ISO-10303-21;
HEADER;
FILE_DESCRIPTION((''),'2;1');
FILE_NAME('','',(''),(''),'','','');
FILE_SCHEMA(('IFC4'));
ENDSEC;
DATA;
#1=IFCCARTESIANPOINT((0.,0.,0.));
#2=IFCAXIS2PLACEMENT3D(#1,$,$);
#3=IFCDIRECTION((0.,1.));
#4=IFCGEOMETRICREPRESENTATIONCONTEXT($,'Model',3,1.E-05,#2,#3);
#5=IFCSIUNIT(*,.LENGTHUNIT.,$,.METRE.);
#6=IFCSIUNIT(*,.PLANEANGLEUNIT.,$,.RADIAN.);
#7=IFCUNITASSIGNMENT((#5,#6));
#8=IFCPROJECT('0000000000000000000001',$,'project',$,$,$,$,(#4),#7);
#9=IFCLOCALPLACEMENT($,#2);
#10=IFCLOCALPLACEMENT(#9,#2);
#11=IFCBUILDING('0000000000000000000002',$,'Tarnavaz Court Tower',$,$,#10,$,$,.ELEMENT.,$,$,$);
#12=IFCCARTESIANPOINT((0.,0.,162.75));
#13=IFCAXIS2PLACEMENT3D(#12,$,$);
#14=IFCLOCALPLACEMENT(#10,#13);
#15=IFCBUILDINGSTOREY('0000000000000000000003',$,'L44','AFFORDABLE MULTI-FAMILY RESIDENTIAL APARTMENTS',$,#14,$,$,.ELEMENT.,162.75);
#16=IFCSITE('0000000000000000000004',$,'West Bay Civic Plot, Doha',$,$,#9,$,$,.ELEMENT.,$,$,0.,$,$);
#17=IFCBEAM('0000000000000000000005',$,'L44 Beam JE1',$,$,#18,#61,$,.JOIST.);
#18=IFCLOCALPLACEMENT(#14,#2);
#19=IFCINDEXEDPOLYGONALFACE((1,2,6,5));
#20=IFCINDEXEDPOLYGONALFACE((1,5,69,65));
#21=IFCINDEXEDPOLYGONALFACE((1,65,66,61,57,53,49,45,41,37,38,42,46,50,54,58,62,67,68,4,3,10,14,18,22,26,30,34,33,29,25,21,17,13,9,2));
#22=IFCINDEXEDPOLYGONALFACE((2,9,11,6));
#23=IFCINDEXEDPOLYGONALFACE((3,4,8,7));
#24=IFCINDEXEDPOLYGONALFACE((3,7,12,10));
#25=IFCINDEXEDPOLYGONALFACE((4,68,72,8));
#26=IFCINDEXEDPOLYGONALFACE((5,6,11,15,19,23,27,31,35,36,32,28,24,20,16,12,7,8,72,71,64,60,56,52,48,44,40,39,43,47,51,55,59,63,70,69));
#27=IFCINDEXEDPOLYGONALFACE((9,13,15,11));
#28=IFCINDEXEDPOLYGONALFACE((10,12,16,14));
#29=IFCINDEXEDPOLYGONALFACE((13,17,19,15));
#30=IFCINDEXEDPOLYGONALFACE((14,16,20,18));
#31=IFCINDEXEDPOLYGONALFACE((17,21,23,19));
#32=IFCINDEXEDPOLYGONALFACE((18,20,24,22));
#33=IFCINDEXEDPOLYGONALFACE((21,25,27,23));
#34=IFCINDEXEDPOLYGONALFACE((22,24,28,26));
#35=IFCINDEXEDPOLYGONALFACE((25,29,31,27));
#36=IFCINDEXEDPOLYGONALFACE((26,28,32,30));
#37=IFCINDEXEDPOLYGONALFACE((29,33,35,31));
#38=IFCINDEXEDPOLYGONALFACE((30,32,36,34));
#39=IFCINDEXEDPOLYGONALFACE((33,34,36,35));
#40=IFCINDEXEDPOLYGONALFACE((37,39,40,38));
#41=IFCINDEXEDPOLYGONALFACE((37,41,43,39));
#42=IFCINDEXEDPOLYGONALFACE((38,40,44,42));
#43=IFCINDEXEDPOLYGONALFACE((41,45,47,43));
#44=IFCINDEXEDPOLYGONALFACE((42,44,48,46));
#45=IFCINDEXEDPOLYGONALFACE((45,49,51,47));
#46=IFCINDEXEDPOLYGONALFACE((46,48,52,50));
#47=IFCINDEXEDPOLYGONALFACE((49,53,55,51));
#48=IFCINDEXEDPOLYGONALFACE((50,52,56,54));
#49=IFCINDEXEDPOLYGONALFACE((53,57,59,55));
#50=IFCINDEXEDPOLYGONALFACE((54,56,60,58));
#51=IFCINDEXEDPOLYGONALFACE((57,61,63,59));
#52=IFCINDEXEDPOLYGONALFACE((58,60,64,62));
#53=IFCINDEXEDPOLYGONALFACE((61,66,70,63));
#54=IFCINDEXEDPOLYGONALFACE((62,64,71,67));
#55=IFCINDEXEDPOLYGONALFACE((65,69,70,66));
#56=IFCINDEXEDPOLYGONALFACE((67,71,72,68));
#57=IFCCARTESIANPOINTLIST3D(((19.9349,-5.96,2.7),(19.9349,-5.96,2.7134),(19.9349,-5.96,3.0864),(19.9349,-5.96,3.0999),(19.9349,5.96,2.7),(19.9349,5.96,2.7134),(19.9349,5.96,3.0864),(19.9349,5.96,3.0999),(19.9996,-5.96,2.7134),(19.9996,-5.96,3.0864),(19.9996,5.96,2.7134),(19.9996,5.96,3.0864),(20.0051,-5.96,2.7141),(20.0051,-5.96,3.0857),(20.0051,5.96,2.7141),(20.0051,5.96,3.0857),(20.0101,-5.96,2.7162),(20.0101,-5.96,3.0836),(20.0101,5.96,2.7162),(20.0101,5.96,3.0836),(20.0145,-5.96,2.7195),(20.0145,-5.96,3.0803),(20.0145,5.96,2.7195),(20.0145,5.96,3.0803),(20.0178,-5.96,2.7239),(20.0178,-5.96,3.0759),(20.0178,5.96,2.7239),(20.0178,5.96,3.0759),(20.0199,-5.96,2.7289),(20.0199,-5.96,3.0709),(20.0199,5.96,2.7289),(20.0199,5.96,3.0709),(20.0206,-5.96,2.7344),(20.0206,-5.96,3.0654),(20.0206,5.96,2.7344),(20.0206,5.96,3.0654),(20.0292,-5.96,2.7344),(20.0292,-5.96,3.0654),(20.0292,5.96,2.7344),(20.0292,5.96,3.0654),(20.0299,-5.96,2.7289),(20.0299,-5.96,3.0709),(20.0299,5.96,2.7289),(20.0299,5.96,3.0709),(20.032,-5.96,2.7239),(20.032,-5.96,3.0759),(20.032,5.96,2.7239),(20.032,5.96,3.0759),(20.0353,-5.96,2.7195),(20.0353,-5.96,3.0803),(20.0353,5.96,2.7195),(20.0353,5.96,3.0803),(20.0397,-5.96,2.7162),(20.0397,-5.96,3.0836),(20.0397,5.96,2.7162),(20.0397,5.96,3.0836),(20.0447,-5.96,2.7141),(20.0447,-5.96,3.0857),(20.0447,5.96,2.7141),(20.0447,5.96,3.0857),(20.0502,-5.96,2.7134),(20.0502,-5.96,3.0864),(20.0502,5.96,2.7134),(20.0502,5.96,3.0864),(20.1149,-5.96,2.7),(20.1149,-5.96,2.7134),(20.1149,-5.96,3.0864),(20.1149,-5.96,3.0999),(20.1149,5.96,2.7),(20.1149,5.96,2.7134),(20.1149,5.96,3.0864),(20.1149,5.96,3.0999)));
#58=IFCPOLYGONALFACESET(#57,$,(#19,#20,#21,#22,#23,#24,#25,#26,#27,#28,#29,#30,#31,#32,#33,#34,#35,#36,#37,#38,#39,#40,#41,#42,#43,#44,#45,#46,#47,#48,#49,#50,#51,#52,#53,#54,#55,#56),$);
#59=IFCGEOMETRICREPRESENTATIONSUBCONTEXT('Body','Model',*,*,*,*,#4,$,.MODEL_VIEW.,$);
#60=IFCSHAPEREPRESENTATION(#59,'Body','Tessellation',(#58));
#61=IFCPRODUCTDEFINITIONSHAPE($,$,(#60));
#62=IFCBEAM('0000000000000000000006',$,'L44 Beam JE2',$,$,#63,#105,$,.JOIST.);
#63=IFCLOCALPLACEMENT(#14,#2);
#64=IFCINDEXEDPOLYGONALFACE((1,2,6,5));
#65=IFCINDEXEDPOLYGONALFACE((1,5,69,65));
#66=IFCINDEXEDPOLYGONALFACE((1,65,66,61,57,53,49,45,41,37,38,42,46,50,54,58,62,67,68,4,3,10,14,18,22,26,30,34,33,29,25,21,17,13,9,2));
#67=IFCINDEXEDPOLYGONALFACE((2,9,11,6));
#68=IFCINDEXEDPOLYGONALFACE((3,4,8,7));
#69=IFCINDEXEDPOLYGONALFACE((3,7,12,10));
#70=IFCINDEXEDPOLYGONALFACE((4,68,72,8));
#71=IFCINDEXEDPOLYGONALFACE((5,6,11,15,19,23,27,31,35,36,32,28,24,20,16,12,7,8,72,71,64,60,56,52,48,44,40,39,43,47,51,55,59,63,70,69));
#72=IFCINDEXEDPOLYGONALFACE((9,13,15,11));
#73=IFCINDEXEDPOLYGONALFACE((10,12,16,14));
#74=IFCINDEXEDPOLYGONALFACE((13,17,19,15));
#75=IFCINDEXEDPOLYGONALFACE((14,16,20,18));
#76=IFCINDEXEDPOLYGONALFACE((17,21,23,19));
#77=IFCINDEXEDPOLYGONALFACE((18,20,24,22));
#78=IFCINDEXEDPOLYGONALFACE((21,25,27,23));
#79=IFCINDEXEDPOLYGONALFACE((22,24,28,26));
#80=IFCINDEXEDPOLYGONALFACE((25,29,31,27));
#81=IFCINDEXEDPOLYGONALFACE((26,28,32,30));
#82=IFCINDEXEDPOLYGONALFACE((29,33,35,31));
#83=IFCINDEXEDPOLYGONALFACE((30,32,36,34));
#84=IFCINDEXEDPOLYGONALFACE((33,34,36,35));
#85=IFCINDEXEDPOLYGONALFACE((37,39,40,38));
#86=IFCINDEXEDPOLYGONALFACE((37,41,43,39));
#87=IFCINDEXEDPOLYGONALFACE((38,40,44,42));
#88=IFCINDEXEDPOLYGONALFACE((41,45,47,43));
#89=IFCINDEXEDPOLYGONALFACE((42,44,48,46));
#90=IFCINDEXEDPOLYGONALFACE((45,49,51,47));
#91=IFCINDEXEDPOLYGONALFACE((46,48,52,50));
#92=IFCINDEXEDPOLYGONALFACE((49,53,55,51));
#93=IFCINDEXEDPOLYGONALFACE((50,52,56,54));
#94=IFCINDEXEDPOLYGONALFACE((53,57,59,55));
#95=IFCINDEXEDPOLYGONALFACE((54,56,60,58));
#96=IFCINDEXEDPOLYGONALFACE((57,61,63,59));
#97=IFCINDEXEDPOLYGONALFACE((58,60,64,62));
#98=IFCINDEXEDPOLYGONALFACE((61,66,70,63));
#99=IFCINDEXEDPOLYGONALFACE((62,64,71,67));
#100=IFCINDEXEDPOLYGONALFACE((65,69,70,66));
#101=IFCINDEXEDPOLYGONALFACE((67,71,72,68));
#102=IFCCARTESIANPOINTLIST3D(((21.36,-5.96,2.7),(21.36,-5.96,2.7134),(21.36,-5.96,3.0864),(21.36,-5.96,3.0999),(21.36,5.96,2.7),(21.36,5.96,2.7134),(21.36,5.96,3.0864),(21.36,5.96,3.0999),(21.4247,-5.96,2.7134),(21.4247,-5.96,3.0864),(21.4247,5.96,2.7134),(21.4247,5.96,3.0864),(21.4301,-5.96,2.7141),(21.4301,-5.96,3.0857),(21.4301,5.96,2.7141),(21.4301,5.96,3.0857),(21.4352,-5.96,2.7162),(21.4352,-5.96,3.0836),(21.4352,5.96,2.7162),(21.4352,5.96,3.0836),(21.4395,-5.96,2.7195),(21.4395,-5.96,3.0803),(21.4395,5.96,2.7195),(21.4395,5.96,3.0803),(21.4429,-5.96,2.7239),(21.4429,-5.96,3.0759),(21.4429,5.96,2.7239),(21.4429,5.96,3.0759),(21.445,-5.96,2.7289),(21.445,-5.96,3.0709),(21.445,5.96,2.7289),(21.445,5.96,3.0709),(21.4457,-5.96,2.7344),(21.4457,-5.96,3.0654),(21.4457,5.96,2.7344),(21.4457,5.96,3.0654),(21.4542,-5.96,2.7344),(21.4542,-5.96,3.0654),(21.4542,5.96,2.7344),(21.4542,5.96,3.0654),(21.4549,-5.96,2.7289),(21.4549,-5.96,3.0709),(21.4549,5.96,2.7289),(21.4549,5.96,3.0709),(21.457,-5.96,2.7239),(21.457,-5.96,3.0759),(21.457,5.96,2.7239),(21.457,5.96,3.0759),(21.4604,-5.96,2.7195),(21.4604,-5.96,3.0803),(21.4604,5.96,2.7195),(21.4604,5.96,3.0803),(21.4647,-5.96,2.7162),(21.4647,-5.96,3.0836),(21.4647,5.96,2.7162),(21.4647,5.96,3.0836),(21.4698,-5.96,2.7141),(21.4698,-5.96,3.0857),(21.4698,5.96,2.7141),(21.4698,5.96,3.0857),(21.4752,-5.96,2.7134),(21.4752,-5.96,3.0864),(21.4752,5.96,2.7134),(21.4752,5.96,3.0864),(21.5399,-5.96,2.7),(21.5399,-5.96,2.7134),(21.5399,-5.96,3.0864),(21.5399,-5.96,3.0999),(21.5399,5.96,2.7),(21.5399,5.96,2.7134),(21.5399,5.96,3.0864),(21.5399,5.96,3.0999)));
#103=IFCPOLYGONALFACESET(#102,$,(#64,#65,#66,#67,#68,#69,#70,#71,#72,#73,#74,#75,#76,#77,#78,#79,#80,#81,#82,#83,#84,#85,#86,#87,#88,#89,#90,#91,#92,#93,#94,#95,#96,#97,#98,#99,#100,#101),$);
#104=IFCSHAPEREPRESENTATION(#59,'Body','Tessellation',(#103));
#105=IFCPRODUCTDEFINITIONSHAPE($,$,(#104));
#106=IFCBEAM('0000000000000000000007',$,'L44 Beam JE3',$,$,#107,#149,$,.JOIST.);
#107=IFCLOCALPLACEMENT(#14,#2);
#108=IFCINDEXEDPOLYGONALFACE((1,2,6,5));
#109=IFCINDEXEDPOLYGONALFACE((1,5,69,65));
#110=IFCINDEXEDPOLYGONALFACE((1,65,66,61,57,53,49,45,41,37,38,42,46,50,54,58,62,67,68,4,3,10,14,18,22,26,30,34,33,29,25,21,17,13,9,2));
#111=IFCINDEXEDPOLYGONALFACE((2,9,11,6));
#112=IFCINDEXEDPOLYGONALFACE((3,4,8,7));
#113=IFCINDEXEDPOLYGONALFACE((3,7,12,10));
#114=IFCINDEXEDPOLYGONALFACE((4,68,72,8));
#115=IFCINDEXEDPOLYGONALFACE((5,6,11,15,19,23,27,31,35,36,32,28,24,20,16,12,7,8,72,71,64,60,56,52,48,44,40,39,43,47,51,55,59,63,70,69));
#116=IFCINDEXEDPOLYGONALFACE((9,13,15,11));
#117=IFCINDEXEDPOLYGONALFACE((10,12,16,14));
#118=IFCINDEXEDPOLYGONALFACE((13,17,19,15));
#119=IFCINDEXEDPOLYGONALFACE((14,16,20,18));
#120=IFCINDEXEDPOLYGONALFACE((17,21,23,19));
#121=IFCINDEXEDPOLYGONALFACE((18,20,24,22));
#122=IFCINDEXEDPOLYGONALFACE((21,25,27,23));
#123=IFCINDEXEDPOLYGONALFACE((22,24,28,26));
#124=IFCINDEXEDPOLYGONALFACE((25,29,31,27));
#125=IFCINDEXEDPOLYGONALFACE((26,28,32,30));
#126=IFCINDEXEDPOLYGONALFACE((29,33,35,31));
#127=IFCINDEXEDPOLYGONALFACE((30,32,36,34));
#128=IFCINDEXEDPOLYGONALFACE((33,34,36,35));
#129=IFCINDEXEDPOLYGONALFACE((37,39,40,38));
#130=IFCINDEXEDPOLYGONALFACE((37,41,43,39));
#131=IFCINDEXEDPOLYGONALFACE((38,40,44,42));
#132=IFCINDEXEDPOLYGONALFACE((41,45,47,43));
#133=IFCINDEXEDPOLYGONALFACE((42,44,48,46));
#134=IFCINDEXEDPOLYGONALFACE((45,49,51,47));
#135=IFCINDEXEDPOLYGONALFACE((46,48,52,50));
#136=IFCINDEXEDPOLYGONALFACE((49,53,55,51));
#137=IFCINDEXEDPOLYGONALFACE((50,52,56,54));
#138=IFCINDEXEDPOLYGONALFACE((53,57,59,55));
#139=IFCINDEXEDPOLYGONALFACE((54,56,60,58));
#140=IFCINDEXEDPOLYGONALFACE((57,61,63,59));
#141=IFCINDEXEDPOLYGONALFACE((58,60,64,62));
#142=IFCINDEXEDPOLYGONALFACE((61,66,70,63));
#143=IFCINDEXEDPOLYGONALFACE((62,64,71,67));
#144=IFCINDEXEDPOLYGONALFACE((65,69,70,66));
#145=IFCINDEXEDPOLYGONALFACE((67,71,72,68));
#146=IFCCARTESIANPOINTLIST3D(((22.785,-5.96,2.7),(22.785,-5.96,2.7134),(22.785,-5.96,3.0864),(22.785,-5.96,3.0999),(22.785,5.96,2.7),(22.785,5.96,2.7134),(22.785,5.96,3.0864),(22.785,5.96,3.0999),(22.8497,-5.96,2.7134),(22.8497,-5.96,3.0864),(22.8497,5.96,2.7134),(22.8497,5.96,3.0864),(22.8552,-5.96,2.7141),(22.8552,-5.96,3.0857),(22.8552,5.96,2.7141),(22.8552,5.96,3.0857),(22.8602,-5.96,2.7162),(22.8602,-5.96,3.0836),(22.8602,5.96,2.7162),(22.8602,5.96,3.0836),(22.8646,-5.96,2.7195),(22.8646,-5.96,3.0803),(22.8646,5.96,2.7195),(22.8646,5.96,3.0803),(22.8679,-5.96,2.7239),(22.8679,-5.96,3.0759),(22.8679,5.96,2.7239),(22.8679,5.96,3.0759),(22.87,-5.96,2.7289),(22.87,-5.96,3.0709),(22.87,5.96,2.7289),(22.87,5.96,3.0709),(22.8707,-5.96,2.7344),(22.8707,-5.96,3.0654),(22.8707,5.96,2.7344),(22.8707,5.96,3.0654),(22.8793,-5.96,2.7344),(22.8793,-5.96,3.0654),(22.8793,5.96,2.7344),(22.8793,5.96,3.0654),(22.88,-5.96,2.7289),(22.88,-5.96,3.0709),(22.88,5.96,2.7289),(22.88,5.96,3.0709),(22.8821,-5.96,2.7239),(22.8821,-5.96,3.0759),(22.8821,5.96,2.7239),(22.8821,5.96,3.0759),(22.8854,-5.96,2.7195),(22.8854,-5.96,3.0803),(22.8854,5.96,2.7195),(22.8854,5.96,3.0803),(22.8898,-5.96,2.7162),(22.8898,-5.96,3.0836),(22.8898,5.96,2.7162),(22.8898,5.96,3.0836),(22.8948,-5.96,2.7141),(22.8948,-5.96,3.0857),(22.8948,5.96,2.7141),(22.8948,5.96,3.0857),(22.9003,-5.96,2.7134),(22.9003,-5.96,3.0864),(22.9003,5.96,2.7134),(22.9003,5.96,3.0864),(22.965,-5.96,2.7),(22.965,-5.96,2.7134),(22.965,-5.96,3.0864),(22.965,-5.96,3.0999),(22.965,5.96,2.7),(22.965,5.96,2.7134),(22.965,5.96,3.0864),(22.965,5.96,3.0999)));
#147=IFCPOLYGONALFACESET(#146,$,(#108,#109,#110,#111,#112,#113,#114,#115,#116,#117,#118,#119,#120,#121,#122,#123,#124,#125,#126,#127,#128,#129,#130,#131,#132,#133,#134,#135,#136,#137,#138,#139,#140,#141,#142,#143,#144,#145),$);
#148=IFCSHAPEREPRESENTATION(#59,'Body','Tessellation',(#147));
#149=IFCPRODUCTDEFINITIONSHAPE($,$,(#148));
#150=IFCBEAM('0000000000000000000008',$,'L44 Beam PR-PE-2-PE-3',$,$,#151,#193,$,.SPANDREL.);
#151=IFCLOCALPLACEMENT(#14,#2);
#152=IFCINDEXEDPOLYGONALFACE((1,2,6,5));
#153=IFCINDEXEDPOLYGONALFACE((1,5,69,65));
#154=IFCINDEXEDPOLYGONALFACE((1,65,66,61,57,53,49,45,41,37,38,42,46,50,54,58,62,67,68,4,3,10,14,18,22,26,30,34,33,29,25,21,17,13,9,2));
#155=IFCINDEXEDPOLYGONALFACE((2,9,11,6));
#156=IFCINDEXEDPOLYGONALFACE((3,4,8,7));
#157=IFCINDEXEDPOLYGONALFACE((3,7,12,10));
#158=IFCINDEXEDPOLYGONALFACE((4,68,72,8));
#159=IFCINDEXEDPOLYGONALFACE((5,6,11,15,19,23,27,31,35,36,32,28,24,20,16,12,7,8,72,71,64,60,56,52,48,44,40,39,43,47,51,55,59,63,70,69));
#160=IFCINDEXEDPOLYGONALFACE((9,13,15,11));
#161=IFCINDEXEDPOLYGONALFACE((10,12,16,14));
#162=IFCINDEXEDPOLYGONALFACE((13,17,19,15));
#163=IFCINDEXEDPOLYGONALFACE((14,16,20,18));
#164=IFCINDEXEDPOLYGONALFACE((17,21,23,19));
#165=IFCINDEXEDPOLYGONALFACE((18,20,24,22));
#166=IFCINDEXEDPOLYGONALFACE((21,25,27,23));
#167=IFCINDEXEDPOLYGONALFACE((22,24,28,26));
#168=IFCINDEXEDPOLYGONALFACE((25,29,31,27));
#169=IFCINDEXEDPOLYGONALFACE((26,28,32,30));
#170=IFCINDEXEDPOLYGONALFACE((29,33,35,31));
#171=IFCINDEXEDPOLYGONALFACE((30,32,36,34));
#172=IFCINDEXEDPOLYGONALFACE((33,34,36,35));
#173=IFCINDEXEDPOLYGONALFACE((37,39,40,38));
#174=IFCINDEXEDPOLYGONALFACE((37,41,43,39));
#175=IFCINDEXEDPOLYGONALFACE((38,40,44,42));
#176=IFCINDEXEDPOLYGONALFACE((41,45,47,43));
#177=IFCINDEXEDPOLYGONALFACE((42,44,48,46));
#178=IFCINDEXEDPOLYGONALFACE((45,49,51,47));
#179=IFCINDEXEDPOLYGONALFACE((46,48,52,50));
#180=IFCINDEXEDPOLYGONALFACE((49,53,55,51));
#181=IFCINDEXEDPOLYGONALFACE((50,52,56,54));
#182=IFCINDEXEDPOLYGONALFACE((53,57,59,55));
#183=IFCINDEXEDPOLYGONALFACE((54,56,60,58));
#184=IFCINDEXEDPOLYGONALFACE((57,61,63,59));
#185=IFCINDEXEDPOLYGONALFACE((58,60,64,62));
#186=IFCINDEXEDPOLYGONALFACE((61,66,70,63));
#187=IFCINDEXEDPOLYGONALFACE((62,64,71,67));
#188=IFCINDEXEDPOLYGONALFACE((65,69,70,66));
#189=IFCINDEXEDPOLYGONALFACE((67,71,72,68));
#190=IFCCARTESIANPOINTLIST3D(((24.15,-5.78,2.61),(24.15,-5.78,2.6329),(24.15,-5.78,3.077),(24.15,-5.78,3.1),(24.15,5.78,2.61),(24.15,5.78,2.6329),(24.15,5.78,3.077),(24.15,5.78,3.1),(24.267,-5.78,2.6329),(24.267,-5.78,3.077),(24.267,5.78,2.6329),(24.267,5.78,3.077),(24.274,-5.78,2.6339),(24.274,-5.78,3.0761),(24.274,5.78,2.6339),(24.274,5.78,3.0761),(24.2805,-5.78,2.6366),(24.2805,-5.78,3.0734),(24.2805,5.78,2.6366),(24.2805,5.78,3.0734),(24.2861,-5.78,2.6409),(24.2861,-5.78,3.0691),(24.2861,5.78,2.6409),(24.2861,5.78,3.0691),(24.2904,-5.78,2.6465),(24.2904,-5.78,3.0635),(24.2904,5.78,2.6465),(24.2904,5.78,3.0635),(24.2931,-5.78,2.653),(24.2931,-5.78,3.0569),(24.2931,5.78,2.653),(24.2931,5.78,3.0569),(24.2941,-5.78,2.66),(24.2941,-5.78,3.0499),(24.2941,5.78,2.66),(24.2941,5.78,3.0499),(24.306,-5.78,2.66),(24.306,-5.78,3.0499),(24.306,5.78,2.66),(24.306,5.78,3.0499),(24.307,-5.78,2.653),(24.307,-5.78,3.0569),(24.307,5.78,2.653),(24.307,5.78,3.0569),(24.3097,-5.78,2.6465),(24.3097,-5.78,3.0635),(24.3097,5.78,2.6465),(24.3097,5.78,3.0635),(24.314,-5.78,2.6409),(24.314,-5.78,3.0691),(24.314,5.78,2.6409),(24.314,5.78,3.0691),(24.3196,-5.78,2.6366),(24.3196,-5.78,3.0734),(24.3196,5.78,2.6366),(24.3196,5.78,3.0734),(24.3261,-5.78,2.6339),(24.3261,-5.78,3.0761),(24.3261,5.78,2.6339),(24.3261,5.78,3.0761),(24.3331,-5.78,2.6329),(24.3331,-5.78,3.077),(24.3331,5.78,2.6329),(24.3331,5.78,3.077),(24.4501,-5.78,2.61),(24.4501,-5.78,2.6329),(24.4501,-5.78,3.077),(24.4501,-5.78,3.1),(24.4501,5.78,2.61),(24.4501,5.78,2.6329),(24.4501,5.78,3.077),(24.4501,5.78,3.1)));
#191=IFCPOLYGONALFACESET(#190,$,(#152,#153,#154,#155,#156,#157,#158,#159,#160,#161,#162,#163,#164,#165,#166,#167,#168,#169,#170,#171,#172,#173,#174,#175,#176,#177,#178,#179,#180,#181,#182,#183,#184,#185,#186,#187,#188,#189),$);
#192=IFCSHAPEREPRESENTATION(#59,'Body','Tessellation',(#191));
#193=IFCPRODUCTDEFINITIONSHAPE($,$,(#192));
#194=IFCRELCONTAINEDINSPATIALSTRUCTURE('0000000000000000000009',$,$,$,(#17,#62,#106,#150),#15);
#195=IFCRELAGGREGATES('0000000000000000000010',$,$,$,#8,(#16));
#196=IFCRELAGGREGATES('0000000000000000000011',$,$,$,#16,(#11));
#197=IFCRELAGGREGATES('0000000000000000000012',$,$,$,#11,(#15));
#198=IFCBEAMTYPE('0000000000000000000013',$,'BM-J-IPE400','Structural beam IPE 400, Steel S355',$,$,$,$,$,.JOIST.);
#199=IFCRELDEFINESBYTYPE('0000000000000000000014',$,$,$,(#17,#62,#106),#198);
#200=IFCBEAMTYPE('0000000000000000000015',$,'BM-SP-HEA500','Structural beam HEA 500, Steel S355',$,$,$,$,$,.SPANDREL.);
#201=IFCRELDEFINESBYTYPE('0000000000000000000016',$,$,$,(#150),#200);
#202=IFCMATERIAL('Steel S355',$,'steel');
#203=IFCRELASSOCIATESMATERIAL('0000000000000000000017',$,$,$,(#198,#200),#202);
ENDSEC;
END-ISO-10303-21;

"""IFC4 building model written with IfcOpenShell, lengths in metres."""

from ifc_helpers import new_model, si_unit, direction, frame, origin, origin_2d, place, context, subcontext, project, spatial, i_section, extrude, material, material_profile, profile_set, type_object, element, save


model = new_model("IFC4")

# Units and contexts
model_context = context("Model", 3, precision=1e-05, world=origin(), true_north=direction((0.0, 1.0)))
body_context = subcontext(model_context, "Body", "Model", "MODEL_VIEW")
ifc_project = project(units=[si_unit("LENGTHUNIT", "METRE"), si_unit("PLANEANGLEUNIT", "RADIAN")], contexts=[model_context])

# Site, building, storey
site_placement = place(None, origin())
site = spatial("IfcSite", under=ifc_project, at=site_placement, Name="West Bay Civic Plot, Doha", CompositionType="ELEMENT", RefElevation=0.0)
building_placement = place(site_placement, origin())
building = spatial("IfcBuilding", under=site, at=building_placement, Name="Tarnavaz Court Tower", CompositionType="ELEMENT")
storey_placement = place(building_placement, frame((0.0, 0.0, 162.75)))
storey = spatial("IfcBuildingStorey", under=building, at=storey_placement, Name="L44", Description="AFFORDABLE MULTI-FAMILY RESIDENTIAL APARTMENTS", CompositionType="ELEMENT", Elevation=162.75)

# Beams
ifc_material_1 = material(Name="Steel S355", Category="steel")
ifc_material_profile_1 = material_profile(ifc_material_1, i_section(OverallWidth=0.1799, OverallDepth=0.3999, WebThickness=0.0085, FlangeThickness=0.0134, FilletRadius=0.021, at=origin_2d()), Name="IPE 400")
ifc_profile_set_1 = profile_set([ifc_material_profile_1], Name="Steel S355")
beam_type_1 = type_object("IfcBeamType", Name="BM-J-IPE400", Description="Structural beam IPE 400, Steel S355", PredefinedType="JOIST", material=ifc_profile_set_1)
for number, where, z_axis, x_axis, name in (
    (1, (20.0249, -5.96, 2.8999), (0.0, 1.0, 0.0), (-1.0, 0.0, 0.0), "L44 Beam JE1"),
    (2, (21.45, -5.96, 2.8999), (0.0, 1.0, 0.0), (-1.0, 0.0, 0.0), "L44 Beam JE2"),
    (3, (22.875, -5.96, 2.8999), (0.0, 1.0, 0.0), (-1.0, 0.0, 0.0), "L44 Beam JE3"),
):
    element("IfcBeam", number, at=place(storey_placement, frame(where, z_axis=z_axis, x_axis=x_axis)), inside=storey, type_object=beam_type_1, Name=name, PredefinedType="JOIST", context=body_context, shape_type="SweptSolid", body=[
        extrude(i_section(OverallWidth=0.1799, OverallDepth=0.3999, WebThickness=0.0085, FlangeThickness=0.0134, FilletRadius=0.021, at=origin_2d()), origin(), (0.0, 0.0, 1.0), 11.9199),
    ])
ifc_material_profile_2 = material_profile(ifc_material_1, i_section(OverallWidth=0.3, OverallDepth=0.49, WebThickness=0.012, FlangeThickness=0.0229, FilletRadius=0.0271, at=origin_2d()), Name="HEA 500")
ifc_profile_set_2 = profile_set([ifc_material_profile_2], Name="Steel S355")
beam_type_2 = type_object("IfcBeamType", Name="BM-SP-HEA500", Description="Structural beam HEA 500, Steel S355", PredefinedType="SPANDREL", material=ifc_profile_set_2)
beam_1_placement = place(storey_placement, frame((24.3, -5.78, 2.855), z_axis=(0.0, 1.0, 0.0), x_axis=(-1.0, 0.0, 0.0)))
element("IfcBeam", 4, at=beam_1_placement, inside=storey, type_object=beam_type_2, Name="L44 Beam PR-PE-2-PE-3", PredefinedType="SPANDREL", context=body_context, shape_type="SweptSolid", body=[
    extrude(i_section(OverallWidth=0.3, OverallDepth=0.49, WebThickness=0.012, FlangeThickness=0.0229, FilletRadius=0.0271, at=origin_2d()), origin(), (0.0, 0.0, 1.0), 11.5601),
])

save(model, "model.ifc")
